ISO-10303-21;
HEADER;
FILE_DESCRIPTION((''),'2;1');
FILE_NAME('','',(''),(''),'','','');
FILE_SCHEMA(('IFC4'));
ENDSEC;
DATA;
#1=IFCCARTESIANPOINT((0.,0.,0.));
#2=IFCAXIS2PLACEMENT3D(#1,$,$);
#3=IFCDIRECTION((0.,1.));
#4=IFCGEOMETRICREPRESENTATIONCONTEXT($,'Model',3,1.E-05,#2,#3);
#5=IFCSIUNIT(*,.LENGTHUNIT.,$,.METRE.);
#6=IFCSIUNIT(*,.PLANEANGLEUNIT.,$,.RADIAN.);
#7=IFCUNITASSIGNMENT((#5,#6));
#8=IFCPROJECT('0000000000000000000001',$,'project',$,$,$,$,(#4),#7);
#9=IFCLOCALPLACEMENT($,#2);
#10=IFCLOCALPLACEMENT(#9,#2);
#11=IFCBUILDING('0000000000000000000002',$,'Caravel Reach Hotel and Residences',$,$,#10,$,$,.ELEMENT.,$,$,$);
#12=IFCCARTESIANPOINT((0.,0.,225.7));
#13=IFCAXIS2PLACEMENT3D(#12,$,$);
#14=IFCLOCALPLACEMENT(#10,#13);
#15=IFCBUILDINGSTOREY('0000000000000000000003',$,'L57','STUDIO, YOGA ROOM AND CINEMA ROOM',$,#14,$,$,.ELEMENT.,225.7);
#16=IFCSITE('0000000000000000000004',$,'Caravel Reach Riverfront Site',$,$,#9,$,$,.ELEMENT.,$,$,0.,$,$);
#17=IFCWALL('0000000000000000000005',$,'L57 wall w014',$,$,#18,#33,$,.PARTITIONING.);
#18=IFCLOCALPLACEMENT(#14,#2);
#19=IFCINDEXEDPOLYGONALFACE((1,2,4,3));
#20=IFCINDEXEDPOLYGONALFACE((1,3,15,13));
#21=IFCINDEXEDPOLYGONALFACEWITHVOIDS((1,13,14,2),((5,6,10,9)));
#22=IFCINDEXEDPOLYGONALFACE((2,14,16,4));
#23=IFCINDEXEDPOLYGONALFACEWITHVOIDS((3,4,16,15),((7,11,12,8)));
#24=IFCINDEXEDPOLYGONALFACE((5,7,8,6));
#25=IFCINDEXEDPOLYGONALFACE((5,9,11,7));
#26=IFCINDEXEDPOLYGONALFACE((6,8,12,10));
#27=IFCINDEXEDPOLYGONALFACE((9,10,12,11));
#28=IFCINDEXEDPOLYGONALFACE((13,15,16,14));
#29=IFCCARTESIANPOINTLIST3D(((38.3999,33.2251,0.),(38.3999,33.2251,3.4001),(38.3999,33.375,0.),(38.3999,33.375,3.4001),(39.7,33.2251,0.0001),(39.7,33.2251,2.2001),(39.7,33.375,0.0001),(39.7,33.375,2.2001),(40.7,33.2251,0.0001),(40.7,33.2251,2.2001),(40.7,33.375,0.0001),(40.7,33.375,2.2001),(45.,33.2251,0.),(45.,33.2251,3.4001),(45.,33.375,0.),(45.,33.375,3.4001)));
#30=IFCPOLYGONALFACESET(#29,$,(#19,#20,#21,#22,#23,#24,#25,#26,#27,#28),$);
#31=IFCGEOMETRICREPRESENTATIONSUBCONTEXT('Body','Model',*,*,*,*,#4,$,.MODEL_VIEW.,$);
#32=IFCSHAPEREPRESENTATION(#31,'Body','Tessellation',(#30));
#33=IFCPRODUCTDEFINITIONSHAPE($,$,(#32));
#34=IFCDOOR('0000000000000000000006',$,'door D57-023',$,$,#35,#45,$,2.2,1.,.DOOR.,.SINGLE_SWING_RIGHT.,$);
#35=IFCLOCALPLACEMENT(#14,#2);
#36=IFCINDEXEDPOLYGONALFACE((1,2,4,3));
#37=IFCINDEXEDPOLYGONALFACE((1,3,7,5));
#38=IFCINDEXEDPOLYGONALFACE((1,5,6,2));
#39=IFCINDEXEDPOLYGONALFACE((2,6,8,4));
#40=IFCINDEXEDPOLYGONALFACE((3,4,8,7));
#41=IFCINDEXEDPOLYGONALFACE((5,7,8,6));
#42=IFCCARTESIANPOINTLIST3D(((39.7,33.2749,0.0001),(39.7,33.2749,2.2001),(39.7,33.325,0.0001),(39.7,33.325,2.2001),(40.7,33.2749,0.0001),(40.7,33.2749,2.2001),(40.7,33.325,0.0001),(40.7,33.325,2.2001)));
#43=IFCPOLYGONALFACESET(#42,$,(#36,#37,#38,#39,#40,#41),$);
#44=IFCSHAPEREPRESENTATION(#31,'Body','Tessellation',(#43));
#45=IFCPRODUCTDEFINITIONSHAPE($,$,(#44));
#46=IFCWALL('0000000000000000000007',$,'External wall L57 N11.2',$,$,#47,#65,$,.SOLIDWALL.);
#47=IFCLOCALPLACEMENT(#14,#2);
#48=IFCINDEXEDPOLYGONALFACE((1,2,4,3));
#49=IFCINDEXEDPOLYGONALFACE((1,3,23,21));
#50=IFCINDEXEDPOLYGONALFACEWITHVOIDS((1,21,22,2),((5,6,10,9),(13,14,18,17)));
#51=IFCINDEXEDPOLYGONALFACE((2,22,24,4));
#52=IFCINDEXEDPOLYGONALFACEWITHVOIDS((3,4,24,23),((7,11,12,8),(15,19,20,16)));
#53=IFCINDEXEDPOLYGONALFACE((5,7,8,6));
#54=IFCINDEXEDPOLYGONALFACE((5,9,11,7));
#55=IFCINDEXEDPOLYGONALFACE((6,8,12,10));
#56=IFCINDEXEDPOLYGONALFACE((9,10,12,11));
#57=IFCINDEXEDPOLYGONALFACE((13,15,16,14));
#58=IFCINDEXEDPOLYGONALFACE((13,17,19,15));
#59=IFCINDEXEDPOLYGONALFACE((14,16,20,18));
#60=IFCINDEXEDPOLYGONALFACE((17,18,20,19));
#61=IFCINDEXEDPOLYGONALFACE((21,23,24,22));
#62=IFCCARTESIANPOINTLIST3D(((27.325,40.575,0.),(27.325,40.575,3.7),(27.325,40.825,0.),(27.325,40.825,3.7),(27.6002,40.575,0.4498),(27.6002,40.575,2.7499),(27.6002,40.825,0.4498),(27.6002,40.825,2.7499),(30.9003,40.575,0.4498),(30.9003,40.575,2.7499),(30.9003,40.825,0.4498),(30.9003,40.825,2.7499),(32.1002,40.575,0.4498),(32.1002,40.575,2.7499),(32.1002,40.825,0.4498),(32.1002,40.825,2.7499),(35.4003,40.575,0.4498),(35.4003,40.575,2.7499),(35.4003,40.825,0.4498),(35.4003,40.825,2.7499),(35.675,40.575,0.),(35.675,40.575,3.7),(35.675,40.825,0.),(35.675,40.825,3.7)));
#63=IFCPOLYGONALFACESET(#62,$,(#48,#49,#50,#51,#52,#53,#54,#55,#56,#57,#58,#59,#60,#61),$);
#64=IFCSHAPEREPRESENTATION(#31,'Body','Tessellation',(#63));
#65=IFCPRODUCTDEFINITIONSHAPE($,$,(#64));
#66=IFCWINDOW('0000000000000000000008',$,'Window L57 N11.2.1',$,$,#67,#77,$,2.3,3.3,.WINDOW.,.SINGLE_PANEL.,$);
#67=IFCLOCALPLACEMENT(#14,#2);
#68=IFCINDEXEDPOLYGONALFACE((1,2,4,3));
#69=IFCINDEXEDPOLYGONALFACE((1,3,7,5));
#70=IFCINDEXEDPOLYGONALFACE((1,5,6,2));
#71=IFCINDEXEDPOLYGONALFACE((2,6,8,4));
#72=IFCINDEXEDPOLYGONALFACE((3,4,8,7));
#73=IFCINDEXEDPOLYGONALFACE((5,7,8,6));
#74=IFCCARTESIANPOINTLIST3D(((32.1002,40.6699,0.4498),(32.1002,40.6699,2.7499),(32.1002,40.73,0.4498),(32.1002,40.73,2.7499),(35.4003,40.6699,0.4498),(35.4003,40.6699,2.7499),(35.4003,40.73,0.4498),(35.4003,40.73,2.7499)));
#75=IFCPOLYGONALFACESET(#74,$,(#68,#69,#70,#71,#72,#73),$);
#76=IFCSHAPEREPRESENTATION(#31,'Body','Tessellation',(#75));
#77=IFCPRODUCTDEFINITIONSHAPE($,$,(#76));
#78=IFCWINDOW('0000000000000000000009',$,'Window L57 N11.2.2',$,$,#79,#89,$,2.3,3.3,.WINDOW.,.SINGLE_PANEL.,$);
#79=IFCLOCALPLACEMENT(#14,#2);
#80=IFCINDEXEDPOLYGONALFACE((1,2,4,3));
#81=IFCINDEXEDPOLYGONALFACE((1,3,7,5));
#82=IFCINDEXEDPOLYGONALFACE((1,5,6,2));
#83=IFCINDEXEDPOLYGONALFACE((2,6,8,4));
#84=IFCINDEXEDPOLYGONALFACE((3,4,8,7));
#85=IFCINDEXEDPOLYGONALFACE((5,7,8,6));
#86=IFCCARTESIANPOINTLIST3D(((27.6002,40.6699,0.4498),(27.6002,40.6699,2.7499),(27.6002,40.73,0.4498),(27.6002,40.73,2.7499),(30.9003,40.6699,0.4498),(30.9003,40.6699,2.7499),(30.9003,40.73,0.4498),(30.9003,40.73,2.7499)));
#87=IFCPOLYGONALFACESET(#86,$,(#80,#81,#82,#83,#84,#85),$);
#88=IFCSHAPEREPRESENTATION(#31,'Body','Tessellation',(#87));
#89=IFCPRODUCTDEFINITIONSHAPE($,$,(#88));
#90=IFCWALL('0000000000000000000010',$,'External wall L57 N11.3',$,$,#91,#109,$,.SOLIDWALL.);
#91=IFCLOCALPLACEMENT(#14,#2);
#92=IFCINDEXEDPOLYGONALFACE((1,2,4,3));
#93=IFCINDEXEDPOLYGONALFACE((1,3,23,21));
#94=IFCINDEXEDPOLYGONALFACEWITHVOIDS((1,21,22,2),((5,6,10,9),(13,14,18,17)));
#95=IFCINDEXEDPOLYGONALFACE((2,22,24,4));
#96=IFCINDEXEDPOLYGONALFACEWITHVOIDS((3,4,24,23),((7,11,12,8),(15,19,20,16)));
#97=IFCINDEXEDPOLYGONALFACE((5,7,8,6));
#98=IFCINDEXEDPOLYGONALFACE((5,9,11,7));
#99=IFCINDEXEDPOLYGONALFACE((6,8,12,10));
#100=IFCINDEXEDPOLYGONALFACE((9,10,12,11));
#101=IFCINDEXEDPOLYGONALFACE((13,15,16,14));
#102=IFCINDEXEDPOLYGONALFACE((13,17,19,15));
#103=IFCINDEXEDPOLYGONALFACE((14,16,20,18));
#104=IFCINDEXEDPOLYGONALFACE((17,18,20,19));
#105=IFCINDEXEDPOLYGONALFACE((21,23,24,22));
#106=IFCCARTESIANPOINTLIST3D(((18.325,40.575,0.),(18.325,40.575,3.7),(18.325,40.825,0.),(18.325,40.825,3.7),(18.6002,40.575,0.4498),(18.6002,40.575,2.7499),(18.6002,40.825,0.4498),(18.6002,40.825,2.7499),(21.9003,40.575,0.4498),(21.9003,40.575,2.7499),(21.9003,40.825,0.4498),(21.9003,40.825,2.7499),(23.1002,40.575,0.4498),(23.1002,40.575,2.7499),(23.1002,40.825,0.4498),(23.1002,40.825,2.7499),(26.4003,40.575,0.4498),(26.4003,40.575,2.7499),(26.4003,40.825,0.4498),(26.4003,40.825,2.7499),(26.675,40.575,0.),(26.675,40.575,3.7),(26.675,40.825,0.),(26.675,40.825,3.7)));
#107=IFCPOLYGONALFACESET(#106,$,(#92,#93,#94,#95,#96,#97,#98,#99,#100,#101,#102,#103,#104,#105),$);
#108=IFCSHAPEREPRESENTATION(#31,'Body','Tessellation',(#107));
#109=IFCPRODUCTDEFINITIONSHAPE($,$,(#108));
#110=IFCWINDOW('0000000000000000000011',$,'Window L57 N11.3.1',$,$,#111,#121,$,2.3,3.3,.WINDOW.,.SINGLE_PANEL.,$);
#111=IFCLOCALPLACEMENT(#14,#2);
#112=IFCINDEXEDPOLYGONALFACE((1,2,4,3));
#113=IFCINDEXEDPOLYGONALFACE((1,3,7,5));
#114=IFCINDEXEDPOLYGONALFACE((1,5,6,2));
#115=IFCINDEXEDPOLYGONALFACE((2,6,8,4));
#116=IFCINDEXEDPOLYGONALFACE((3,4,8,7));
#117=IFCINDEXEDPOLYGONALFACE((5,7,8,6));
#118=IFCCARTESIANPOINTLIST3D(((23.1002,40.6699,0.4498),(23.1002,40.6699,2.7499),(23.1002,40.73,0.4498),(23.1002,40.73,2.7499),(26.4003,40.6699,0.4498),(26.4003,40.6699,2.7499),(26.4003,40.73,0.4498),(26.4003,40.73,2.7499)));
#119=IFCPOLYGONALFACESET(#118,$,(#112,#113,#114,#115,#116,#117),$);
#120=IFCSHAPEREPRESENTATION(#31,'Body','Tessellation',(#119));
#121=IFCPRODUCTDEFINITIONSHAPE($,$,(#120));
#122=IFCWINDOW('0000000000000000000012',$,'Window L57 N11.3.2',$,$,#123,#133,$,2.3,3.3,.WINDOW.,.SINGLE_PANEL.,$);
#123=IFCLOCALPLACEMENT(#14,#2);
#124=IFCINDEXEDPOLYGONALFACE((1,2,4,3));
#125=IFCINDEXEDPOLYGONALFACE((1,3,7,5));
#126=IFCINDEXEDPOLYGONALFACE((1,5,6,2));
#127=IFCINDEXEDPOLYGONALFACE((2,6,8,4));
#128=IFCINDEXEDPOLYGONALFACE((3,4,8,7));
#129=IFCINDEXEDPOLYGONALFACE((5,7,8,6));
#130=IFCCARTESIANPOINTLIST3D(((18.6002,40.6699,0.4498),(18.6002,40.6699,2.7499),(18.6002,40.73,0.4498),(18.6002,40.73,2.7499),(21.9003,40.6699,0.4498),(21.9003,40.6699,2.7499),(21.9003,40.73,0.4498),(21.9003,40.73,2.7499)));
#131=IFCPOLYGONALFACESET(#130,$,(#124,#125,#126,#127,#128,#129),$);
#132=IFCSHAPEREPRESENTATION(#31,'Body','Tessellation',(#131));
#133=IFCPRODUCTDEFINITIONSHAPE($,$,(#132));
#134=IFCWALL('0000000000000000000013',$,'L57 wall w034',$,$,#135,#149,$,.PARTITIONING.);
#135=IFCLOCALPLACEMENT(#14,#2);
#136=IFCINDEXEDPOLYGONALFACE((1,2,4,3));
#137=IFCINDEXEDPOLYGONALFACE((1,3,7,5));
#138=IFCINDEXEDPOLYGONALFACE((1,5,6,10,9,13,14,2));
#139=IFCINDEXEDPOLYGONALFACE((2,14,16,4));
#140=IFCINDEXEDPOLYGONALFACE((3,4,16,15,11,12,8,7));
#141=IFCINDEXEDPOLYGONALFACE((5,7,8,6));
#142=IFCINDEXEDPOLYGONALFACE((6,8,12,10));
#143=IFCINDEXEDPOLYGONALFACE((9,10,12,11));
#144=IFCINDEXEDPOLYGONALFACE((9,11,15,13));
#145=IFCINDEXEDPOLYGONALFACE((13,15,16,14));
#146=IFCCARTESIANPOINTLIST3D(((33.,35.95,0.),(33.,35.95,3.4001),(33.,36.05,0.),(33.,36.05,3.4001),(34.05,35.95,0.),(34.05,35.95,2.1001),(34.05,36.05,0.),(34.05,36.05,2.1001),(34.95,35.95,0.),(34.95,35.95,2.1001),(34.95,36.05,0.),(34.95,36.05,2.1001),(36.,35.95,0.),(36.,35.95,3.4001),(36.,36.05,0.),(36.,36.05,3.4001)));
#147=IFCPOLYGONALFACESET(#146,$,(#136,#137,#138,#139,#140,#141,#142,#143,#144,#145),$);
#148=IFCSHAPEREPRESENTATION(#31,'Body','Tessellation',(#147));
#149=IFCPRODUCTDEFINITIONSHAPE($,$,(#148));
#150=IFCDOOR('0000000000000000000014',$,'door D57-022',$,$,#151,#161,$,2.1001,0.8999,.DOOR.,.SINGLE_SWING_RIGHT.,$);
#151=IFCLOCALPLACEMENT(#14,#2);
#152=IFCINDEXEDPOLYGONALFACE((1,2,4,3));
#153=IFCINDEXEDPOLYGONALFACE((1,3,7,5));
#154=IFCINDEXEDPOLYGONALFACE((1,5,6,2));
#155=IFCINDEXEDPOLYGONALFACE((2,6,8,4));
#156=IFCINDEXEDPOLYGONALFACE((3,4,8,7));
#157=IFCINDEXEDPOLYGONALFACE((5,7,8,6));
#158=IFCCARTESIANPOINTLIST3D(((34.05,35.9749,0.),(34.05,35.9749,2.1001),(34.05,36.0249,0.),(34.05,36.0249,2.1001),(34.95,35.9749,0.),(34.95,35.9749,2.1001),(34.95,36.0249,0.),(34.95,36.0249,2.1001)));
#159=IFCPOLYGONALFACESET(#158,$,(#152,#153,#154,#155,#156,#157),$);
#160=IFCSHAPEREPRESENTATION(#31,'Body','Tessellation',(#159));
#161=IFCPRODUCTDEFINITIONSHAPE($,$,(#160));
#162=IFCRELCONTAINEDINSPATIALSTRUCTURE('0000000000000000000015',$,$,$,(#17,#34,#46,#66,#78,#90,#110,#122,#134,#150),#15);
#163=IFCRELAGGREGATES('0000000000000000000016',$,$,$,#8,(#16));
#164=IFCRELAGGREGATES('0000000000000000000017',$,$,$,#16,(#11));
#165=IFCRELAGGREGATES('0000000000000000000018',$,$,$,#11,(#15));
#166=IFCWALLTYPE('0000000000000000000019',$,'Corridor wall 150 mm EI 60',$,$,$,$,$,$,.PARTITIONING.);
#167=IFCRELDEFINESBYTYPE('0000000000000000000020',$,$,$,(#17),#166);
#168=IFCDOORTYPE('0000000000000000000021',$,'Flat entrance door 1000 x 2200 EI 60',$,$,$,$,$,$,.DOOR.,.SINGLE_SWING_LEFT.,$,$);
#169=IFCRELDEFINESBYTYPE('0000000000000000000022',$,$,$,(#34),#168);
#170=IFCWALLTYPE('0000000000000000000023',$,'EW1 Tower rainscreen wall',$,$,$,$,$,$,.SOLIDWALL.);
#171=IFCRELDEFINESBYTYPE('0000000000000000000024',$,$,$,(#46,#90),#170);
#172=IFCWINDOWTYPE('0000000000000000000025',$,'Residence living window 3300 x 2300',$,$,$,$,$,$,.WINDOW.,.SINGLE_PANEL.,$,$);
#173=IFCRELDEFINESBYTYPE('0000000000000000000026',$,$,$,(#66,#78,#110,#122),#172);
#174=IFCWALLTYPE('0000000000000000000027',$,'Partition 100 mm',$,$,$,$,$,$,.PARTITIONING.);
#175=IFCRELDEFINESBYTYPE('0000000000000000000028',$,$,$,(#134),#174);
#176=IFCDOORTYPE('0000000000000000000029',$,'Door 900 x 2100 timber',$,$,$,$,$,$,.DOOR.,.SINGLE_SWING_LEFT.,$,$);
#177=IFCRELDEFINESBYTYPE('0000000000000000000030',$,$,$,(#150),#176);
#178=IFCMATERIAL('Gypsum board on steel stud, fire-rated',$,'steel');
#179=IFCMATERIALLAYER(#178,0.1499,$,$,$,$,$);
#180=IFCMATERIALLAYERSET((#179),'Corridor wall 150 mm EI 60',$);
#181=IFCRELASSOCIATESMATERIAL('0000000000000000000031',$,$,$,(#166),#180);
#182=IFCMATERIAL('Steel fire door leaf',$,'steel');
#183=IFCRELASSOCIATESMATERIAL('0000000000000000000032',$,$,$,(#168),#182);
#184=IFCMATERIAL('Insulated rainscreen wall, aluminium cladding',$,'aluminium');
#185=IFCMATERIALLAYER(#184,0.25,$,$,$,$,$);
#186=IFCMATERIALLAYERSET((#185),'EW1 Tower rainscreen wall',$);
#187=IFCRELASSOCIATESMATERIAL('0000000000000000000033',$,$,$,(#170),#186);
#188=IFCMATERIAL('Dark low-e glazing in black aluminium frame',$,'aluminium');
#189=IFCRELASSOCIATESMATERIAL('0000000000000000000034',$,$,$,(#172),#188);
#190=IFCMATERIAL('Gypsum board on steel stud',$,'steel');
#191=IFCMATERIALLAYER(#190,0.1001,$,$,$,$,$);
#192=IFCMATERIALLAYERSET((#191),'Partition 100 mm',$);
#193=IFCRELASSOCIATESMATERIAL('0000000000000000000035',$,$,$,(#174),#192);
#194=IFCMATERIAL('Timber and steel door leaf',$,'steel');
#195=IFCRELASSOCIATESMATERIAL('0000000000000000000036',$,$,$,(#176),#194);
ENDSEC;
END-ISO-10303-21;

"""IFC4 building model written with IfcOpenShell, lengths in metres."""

from ifc_helpers import new_model, si_unit, direction, frame, frame_2d, origin, place, context, subcontext, project, spatial, rectangle, extrude, material, layer, layer_set, type_object, element, fill, save


model = new_model("IFC4")

# Units and contexts
model_context = context("Model", 3, precision=1e-05, world=origin(), true_north=direction((0.0, 1.0)))
body_context = subcontext(model_context, "Body", "Model", "MODEL_VIEW")
ifc_project = project(units=[si_unit("LENGTHUNIT", "METRE"), si_unit("PLANEANGLEUNIT", "RADIAN")], contexts=[model_context])

# Site, building, storey
site_placement = place(None, origin())
site = spatial("IfcSite", under=ifc_project, at=site_placement, Name="Caravel Reach Riverfront Site", CompositionType="ELEMENT", RefElevation=0.0)
building_placement = place(site_placement, origin())
building = spatial("IfcBuilding", under=site, at=building_placement, Name="Caravel Reach Hotel and Residences", CompositionType="ELEMENT")
storey_placement = place(building_placement, frame((0.0, 0.0, 225.7)))
storey = spatial("IfcBuildingStorey", under=building, at=storey_placement, Name="L57", Description="STUDIO, YOGA ROOM AND CINEMA ROOM", CompositionType="ELEMENT", Elevation=225.7)

# Wall, opening, door
ifc_material_1 = material(Name="Gypsum board on steel stud, fire-rated", Category="steel")
ifc_layer_1 = layer(ifc_material_1, 0.1499)
ifc_layer_set_1 = layer_set([ifc_layer_1], Name="Corridor wall 150 mm EI 60")
wall_type_1 = type_object("IfcWallType", Name="Corridor wall 150 mm EI 60", PredefinedType="PARTITIONING", material=ifc_layer_set_1)
wall_1_placement = place(storey_placement, frame((38.3999, 33.3, 0.0), z_axis=(0.0, 0.0, 1.0), x_axis=(1.0, 0.0, 0.0)))
wall_1 = element("IfcWall", 1, at=wall_1_placement, inside=storey, type_object=wall_type_1, Name="L57 wall w014", PredefinedType="PARTITIONING", context=body_context, shape_type="SweptSolid", body=[
    extrude(rectangle(XDim=6.6001, YDim=0.1499, at=frame_2d((3.3, 0.0))), origin(), (0.0, 0.0, 1.0), 3.4001),
])
opening_1_placement = place(wall_1_placement, frame((1.3, 0.0, 0.0)))
opening_1 = element("IfcOpeningElement", 2, at=opening_1_placement, cuts=wall_1, PredefinedType="OPENING", context=body_context, shape_type="SweptSolid", body=[
    extrude(rectangle(XDim=1.0, YDim=2.2, at=frame_2d((0.5, 1.1001))), frame((0.0, 0.085, 0.0), z_axis=(0.0, -1.0, 0.0), x_axis=(1.0, 0.0, 0.0)), (0.0, 0.0, 1.0), 0.1699),
])
ifc_material_2 = material(Name="Steel fire door leaf", Category="steel")
door_type_1 = type_object("IfcDoorType", Name="Flat entrance door 1000 x 2200 EI 60", OperationType="SINGLE_SWING_LEFT", PredefinedType="DOOR", material=ifc_material_2)
door_1_placement = place(opening_1_placement, origin())
door_1 = element("IfcDoor", 3, at=door_1_placement, inside=storey, type_object=door_type_1, Name="door D57-023", OperationType="SINGLE_SWING_RIGHT", OverallHeight=2.2, OverallWidth=1.0, PredefinedType="DOOR", context=body_context, shape_type="SweptSolid", body=[
    extrude(rectangle(XDim=1.0, YDim=2.2, at=frame_2d((0.5, 1.1001))), frame((0.0, 0.0249, 0.0), z_axis=(0.0, -1.0, 0.0), x_axis=(1.0, 0.0, 0.0)), (0.0, 0.0, 1.0), 0.05),
])
fill(opening_1, door_1)

# Walls, openings, windows
ifc_material_3 = material(Name="Insulated rainscreen wall, aluminium cladding", Category="aluminium")
ifc_layer_2 = layer(ifc_material_3, 0.25)
ifc_layer_set_2 = layer_set([ifc_layer_2], Name="EW1 Tower rainscreen wall")
wall_type_2 = type_object("IfcWallType", Name="EW1 Tower rainscreen wall", PredefinedType="SOLIDWALL", material=ifc_layer_set_2)
wall_2_placement = place(storey_placement, frame((35.675, 40.7, 0.0), z_axis=(0.0, 0.0, 1.0), x_axis=(-1.0, 0.0, 0.0)))
wall_2 = element("IfcWall", 4, at=wall_2_placement, inside=storey, type_object=wall_type_2, Name="External wall L57 N11.2", PredefinedType="SOLIDWALL", context=body_context, shape_type="SweptSolid", body=[
    extrude(rectangle(XDim=8.3501, YDim=0.25, at=frame_2d((4.175, 0.0))), origin(), (0.0, 0.0, 1.0), 3.7),
])
opening_2_placement = place(wall_2_placement, frame((0.2749, 0.0, 0.45)))
opening_2 = element("IfcOpeningElement", 5, at=opening_2_placement, cuts=wall_2, PredefinedType="OPENING", context=body_context, shape_type="SweptSolid", body=[
    extrude(rectangle(XDim=3.3, YDim=2.3, at=frame_2d((1.6499, 1.1499))), frame((0.0, 0.135, 0.0), z_axis=(0.0, -1.0, 0.0), x_axis=(1.0, 0.0, 0.0)), (0.0, 0.0, 1.0), 0.27),
])
opening_3_placement = place(wall_2_placement, frame((4.7749, 0.0, 0.45)))
opening_3 = element("IfcOpeningElement", 6, at=opening_3_placement, cuts=wall_2, PredefinedType="OPENING", context=body_context, shape_type="SweptSolid", body=[
    extrude(rectangle(XDim=3.3, YDim=2.3, at=frame_2d((1.6499, 1.1499))), frame((0.0, 0.135, 0.0), z_axis=(0.0, -1.0, 0.0), x_axis=(1.0, 0.0, 0.0)), (0.0, 0.0, 1.0), 0.27),
])
ifc_material_4 = material(Name="Dark low-e glazing in black aluminium frame", Category="aluminium")
window_type = type_object("IfcWindowType", Name="Residence living window 3300 x 2300", PartitioningType="SINGLE_PANEL", PredefinedType="WINDOW", material=ifc_material_4)
window_1_placement = place(opening_2_placement, origin())
window_1 = element("IfcWindow", 7, at=window_1_placement, inside=storey, type_object=window_type, Name="Window L57 N11.2.1", OverallHeight=2.3, OverallWidth=3.3, PartitioningType="SINGLE_PANEL", PredefinedType="WINDOW", context=body_context, shape_type="SweptSolid", body=[
    extrude(rectangle(XDim=3.3, YDim=2.3, at=frame_2d((1.6499, 1.1499))), frame((0.0, 0.03, 0.0), z_axis=(0.0, -1.0, 0.0), x_axis=(1.0, 0.0, 0.0)), (0.0, 0.0, 1.0), 0.0601),
])
fill(opening_2, window_1)
window_2_placement = place(opening_3_placement, origin())
window_2 = element("IfcWindow", 8, at=window_2_placement, inside=storey, type_object=window_type, Name="Window L57 N11.2.2", OverallHeight=2.3, OverallWidth=3.3, PartitioningType="SINGLE_PANEL", PredefinedType="WINDOW", context=body_context, shape_type="SweptSolid", body=[
    extrude(rectangle(XDim=3.3, YDim=2.3, at=frame_2d((1.6499, 1.1499))), frame((0.0, 0.03, 0.0), z_axis=(0.0, -1.0, 0.0), x_axis=(1.0, 0.0, 0.0)), (0.0, 0.0, 1.0), 0.0601),
])
fill(opening_3, window_2)
wall_3_placement = place(storey_placement, frame((26.675, 40.7, 0.0), z_axis=(0.0, 0.0, 1.0), x_axis=(-1.0, 0.0, 0.0)))
wall_3 = element("IfcWall", 9, at=wall_3_placement, inside=storey, type_object=wall_type_2, Name="External wall L57 N11.3", PredefinedType="SOLIDWALL", context=body_context, shape_type="SweptSolid", body=[
    extrude(rectangle(XDim=8.3501, YDim=0.25, at=frame_2d((4.175, 0.0))), origin(), (0.0, 0.0, 1.0), 3.7),
])
opening_4_placement = place(wall_3_placement, frame((0.2749, 0.0, 0.45)))
opening_4 = element("IfcOpeningElement", 10, at=opening_4_placement, cuts=wall_3, PredefinedType="OPENING", context=body_context, shape_type="SweptSolid", body=[
    extrude(rectangle(XDim=3.3, YDim=2.3, at=frame_2d((1.6499, 1.1499))), frame((0.0, 0.135, 0.0), z_axis=(0.0, -1.0, 0.0), x_axis=(1.0, 0.0, 0.0)), (0.0, 0.0, 1.0), 0.27),
])
opening_5_placement = place(wall_3_placement, frame((4.7749, 0.0, 0.45)))
opening_5 = element("IfcOpeningElement", 11, at=opening_5_placement, cuts=wall_3, PredefinedType="OPENING", context=body_context, shape_type="SweptSolid", body=[
    extrude(rectangle(XDim=3.3, YDim=2.3, at=frame_2d((1.6499, 1.1499))), frame((0.0, 0.135, 0.0), z_axis=(0.0, -1.0, 0.0), x_axis=(1.0, 0.0, 0.0)), (0.0, 0.0, 1.0), 0.27),
])
window_3_placement = place(opening_4_placement, origin())
window_3 = element("IfcWindow", 12, at=window_3_placement, inside=storey, type_object=window_type, Name="Window L57 N11.3.1", OverallHeight=2.3, OverallWidth=3.3, PartitioningType="SINGLE_PANEL", PredefinedType="WINDOW", context=body_context, shape_type="SweptSolid", body=[
    extrude(rectangle(XDim=3.3, YDim=2.3, at=frame_2d((1.6499, 1.1499))), frame((0.0, 0.03, 0.0), z_axis=(0.0, -1.0, 0.0), x_axis=(1.0, 0.0, 0.0)), (0.0, 0.0, 1.0), 0.0601),
])
fill(opening_4, window_3)
window_4_placement = place(opening_5_placement, origin())
window_4 = element("IfcWindow", 13, at=window_4_placement, inside=storey, type_object=window_type, Name="Window L57 N11.3.2", OverallHeight=2.3, OverallWidth=3.3, PartitioningType="SINGLE_PANEL", PredefinedType="WINDOW", context=body_context, shape_type="SweptSolid", body=[
    extrude(rectangle(XDim=3.3, YDim=2.3, at=frame_2d((1.6499, 1.1499))), frame((0.0, 0.03, 0.0), z_axis=(0.0, -1.0, 0.0), x_axis=(1.0, 0.0, 0.0)), (0.0, 0.0, 1.0), 0.0601),
])
fill(opening_5, window_4)

# Wall, opening, door
ifc_material_5 = material(Name="Gypsum board on steel stud", Category="steel")
ifc_layer_3 = layer(ifc_material_5, 0.1001)
ifc_layer_set_3 = layer_set([ifc_layer_3], Name="Partition 100 mm")
wall_type_3 = type_object("IfcWallType", Name="Partition 100 mm", PredefinedType="PARTITIONING", material=ifc_layer_set_3)
wall_4_placement = place(storey_placement, frame((33.0, 36.0, 0.0), z_axis=(0.0, 0.0, 1.0), x_axis=(1.0, 0.0, 0.0)))
wall_4 = element("IfcWall", 14, at=wall_4_placement, inside=storey, type_object=wall_type_3, Name="L57 wall w034", PredefinedType="PARTITIONING", context=body_context, shape_type="SweptSolid", body=[
    extrude(rectangle(XDim=3.0, YDim=0.1001, at=frame_2d((1.5, 0.0))), origin(), (0.0, 0.0, 1.0), 3.4001),
])
opening_6_placement = place(wall_4_placement, frame((1.05, 0.0, 0.0)))
opening_6 = element("IfcOpeningElement", 15, at=opening_6_placement, cuts=wall_4, PredefinedType="OPENING", context=body_context, shape_type="SweptSolid", body=[
    extrude(rectangle(XDim=0.8999, YDim=2.1001, at=frame_2d((0.45, 1.05))), frame((0.0, 0.0601, 0.0), z_axis=(0.0, -1.0, 0.0), x_axis=(1.0, 0.0, 0.0)), (0.0, 0.0, 1.0), 0.1201),
])
ifc_material_6 = material(Name="Timber and steel door leaf", Category="steel")
door_type_2 = type_object("IfcDoorType", Name="Door 900 x 2100 timber", OperationType="SINGLE_SWING_LEFT", PredefinedType="DOOR", material=ifc_material_6)
door_2_placement = place(opening_6_placement, origin())
door_2 = element("IfcDoor", 16, at=door_2_placement, inside=storey, type_object=door_type_2, Name="door D57-022", OperationType="SINGLE_SWING_RIGHT", OverallHeight=2.1001, OverallWidth=0.8999, PredefinedType="DOOR", context=body_context, shape_type="SweptSolid", body=[
    extrude(rectangle(XDim=0.8999, YDim=2.1001, at=frame_2d((0.45, 1.05))), frame((0.0, 0.0249, 0.0), z_axis=(0.0, -1.0, 0.0), x_axis=(1.0, 0.0, 0.0)), (0.0, 0.0, 1.0), 0.05),
])
fill(opening_6, door_2)

save(model, "model.ifc")
